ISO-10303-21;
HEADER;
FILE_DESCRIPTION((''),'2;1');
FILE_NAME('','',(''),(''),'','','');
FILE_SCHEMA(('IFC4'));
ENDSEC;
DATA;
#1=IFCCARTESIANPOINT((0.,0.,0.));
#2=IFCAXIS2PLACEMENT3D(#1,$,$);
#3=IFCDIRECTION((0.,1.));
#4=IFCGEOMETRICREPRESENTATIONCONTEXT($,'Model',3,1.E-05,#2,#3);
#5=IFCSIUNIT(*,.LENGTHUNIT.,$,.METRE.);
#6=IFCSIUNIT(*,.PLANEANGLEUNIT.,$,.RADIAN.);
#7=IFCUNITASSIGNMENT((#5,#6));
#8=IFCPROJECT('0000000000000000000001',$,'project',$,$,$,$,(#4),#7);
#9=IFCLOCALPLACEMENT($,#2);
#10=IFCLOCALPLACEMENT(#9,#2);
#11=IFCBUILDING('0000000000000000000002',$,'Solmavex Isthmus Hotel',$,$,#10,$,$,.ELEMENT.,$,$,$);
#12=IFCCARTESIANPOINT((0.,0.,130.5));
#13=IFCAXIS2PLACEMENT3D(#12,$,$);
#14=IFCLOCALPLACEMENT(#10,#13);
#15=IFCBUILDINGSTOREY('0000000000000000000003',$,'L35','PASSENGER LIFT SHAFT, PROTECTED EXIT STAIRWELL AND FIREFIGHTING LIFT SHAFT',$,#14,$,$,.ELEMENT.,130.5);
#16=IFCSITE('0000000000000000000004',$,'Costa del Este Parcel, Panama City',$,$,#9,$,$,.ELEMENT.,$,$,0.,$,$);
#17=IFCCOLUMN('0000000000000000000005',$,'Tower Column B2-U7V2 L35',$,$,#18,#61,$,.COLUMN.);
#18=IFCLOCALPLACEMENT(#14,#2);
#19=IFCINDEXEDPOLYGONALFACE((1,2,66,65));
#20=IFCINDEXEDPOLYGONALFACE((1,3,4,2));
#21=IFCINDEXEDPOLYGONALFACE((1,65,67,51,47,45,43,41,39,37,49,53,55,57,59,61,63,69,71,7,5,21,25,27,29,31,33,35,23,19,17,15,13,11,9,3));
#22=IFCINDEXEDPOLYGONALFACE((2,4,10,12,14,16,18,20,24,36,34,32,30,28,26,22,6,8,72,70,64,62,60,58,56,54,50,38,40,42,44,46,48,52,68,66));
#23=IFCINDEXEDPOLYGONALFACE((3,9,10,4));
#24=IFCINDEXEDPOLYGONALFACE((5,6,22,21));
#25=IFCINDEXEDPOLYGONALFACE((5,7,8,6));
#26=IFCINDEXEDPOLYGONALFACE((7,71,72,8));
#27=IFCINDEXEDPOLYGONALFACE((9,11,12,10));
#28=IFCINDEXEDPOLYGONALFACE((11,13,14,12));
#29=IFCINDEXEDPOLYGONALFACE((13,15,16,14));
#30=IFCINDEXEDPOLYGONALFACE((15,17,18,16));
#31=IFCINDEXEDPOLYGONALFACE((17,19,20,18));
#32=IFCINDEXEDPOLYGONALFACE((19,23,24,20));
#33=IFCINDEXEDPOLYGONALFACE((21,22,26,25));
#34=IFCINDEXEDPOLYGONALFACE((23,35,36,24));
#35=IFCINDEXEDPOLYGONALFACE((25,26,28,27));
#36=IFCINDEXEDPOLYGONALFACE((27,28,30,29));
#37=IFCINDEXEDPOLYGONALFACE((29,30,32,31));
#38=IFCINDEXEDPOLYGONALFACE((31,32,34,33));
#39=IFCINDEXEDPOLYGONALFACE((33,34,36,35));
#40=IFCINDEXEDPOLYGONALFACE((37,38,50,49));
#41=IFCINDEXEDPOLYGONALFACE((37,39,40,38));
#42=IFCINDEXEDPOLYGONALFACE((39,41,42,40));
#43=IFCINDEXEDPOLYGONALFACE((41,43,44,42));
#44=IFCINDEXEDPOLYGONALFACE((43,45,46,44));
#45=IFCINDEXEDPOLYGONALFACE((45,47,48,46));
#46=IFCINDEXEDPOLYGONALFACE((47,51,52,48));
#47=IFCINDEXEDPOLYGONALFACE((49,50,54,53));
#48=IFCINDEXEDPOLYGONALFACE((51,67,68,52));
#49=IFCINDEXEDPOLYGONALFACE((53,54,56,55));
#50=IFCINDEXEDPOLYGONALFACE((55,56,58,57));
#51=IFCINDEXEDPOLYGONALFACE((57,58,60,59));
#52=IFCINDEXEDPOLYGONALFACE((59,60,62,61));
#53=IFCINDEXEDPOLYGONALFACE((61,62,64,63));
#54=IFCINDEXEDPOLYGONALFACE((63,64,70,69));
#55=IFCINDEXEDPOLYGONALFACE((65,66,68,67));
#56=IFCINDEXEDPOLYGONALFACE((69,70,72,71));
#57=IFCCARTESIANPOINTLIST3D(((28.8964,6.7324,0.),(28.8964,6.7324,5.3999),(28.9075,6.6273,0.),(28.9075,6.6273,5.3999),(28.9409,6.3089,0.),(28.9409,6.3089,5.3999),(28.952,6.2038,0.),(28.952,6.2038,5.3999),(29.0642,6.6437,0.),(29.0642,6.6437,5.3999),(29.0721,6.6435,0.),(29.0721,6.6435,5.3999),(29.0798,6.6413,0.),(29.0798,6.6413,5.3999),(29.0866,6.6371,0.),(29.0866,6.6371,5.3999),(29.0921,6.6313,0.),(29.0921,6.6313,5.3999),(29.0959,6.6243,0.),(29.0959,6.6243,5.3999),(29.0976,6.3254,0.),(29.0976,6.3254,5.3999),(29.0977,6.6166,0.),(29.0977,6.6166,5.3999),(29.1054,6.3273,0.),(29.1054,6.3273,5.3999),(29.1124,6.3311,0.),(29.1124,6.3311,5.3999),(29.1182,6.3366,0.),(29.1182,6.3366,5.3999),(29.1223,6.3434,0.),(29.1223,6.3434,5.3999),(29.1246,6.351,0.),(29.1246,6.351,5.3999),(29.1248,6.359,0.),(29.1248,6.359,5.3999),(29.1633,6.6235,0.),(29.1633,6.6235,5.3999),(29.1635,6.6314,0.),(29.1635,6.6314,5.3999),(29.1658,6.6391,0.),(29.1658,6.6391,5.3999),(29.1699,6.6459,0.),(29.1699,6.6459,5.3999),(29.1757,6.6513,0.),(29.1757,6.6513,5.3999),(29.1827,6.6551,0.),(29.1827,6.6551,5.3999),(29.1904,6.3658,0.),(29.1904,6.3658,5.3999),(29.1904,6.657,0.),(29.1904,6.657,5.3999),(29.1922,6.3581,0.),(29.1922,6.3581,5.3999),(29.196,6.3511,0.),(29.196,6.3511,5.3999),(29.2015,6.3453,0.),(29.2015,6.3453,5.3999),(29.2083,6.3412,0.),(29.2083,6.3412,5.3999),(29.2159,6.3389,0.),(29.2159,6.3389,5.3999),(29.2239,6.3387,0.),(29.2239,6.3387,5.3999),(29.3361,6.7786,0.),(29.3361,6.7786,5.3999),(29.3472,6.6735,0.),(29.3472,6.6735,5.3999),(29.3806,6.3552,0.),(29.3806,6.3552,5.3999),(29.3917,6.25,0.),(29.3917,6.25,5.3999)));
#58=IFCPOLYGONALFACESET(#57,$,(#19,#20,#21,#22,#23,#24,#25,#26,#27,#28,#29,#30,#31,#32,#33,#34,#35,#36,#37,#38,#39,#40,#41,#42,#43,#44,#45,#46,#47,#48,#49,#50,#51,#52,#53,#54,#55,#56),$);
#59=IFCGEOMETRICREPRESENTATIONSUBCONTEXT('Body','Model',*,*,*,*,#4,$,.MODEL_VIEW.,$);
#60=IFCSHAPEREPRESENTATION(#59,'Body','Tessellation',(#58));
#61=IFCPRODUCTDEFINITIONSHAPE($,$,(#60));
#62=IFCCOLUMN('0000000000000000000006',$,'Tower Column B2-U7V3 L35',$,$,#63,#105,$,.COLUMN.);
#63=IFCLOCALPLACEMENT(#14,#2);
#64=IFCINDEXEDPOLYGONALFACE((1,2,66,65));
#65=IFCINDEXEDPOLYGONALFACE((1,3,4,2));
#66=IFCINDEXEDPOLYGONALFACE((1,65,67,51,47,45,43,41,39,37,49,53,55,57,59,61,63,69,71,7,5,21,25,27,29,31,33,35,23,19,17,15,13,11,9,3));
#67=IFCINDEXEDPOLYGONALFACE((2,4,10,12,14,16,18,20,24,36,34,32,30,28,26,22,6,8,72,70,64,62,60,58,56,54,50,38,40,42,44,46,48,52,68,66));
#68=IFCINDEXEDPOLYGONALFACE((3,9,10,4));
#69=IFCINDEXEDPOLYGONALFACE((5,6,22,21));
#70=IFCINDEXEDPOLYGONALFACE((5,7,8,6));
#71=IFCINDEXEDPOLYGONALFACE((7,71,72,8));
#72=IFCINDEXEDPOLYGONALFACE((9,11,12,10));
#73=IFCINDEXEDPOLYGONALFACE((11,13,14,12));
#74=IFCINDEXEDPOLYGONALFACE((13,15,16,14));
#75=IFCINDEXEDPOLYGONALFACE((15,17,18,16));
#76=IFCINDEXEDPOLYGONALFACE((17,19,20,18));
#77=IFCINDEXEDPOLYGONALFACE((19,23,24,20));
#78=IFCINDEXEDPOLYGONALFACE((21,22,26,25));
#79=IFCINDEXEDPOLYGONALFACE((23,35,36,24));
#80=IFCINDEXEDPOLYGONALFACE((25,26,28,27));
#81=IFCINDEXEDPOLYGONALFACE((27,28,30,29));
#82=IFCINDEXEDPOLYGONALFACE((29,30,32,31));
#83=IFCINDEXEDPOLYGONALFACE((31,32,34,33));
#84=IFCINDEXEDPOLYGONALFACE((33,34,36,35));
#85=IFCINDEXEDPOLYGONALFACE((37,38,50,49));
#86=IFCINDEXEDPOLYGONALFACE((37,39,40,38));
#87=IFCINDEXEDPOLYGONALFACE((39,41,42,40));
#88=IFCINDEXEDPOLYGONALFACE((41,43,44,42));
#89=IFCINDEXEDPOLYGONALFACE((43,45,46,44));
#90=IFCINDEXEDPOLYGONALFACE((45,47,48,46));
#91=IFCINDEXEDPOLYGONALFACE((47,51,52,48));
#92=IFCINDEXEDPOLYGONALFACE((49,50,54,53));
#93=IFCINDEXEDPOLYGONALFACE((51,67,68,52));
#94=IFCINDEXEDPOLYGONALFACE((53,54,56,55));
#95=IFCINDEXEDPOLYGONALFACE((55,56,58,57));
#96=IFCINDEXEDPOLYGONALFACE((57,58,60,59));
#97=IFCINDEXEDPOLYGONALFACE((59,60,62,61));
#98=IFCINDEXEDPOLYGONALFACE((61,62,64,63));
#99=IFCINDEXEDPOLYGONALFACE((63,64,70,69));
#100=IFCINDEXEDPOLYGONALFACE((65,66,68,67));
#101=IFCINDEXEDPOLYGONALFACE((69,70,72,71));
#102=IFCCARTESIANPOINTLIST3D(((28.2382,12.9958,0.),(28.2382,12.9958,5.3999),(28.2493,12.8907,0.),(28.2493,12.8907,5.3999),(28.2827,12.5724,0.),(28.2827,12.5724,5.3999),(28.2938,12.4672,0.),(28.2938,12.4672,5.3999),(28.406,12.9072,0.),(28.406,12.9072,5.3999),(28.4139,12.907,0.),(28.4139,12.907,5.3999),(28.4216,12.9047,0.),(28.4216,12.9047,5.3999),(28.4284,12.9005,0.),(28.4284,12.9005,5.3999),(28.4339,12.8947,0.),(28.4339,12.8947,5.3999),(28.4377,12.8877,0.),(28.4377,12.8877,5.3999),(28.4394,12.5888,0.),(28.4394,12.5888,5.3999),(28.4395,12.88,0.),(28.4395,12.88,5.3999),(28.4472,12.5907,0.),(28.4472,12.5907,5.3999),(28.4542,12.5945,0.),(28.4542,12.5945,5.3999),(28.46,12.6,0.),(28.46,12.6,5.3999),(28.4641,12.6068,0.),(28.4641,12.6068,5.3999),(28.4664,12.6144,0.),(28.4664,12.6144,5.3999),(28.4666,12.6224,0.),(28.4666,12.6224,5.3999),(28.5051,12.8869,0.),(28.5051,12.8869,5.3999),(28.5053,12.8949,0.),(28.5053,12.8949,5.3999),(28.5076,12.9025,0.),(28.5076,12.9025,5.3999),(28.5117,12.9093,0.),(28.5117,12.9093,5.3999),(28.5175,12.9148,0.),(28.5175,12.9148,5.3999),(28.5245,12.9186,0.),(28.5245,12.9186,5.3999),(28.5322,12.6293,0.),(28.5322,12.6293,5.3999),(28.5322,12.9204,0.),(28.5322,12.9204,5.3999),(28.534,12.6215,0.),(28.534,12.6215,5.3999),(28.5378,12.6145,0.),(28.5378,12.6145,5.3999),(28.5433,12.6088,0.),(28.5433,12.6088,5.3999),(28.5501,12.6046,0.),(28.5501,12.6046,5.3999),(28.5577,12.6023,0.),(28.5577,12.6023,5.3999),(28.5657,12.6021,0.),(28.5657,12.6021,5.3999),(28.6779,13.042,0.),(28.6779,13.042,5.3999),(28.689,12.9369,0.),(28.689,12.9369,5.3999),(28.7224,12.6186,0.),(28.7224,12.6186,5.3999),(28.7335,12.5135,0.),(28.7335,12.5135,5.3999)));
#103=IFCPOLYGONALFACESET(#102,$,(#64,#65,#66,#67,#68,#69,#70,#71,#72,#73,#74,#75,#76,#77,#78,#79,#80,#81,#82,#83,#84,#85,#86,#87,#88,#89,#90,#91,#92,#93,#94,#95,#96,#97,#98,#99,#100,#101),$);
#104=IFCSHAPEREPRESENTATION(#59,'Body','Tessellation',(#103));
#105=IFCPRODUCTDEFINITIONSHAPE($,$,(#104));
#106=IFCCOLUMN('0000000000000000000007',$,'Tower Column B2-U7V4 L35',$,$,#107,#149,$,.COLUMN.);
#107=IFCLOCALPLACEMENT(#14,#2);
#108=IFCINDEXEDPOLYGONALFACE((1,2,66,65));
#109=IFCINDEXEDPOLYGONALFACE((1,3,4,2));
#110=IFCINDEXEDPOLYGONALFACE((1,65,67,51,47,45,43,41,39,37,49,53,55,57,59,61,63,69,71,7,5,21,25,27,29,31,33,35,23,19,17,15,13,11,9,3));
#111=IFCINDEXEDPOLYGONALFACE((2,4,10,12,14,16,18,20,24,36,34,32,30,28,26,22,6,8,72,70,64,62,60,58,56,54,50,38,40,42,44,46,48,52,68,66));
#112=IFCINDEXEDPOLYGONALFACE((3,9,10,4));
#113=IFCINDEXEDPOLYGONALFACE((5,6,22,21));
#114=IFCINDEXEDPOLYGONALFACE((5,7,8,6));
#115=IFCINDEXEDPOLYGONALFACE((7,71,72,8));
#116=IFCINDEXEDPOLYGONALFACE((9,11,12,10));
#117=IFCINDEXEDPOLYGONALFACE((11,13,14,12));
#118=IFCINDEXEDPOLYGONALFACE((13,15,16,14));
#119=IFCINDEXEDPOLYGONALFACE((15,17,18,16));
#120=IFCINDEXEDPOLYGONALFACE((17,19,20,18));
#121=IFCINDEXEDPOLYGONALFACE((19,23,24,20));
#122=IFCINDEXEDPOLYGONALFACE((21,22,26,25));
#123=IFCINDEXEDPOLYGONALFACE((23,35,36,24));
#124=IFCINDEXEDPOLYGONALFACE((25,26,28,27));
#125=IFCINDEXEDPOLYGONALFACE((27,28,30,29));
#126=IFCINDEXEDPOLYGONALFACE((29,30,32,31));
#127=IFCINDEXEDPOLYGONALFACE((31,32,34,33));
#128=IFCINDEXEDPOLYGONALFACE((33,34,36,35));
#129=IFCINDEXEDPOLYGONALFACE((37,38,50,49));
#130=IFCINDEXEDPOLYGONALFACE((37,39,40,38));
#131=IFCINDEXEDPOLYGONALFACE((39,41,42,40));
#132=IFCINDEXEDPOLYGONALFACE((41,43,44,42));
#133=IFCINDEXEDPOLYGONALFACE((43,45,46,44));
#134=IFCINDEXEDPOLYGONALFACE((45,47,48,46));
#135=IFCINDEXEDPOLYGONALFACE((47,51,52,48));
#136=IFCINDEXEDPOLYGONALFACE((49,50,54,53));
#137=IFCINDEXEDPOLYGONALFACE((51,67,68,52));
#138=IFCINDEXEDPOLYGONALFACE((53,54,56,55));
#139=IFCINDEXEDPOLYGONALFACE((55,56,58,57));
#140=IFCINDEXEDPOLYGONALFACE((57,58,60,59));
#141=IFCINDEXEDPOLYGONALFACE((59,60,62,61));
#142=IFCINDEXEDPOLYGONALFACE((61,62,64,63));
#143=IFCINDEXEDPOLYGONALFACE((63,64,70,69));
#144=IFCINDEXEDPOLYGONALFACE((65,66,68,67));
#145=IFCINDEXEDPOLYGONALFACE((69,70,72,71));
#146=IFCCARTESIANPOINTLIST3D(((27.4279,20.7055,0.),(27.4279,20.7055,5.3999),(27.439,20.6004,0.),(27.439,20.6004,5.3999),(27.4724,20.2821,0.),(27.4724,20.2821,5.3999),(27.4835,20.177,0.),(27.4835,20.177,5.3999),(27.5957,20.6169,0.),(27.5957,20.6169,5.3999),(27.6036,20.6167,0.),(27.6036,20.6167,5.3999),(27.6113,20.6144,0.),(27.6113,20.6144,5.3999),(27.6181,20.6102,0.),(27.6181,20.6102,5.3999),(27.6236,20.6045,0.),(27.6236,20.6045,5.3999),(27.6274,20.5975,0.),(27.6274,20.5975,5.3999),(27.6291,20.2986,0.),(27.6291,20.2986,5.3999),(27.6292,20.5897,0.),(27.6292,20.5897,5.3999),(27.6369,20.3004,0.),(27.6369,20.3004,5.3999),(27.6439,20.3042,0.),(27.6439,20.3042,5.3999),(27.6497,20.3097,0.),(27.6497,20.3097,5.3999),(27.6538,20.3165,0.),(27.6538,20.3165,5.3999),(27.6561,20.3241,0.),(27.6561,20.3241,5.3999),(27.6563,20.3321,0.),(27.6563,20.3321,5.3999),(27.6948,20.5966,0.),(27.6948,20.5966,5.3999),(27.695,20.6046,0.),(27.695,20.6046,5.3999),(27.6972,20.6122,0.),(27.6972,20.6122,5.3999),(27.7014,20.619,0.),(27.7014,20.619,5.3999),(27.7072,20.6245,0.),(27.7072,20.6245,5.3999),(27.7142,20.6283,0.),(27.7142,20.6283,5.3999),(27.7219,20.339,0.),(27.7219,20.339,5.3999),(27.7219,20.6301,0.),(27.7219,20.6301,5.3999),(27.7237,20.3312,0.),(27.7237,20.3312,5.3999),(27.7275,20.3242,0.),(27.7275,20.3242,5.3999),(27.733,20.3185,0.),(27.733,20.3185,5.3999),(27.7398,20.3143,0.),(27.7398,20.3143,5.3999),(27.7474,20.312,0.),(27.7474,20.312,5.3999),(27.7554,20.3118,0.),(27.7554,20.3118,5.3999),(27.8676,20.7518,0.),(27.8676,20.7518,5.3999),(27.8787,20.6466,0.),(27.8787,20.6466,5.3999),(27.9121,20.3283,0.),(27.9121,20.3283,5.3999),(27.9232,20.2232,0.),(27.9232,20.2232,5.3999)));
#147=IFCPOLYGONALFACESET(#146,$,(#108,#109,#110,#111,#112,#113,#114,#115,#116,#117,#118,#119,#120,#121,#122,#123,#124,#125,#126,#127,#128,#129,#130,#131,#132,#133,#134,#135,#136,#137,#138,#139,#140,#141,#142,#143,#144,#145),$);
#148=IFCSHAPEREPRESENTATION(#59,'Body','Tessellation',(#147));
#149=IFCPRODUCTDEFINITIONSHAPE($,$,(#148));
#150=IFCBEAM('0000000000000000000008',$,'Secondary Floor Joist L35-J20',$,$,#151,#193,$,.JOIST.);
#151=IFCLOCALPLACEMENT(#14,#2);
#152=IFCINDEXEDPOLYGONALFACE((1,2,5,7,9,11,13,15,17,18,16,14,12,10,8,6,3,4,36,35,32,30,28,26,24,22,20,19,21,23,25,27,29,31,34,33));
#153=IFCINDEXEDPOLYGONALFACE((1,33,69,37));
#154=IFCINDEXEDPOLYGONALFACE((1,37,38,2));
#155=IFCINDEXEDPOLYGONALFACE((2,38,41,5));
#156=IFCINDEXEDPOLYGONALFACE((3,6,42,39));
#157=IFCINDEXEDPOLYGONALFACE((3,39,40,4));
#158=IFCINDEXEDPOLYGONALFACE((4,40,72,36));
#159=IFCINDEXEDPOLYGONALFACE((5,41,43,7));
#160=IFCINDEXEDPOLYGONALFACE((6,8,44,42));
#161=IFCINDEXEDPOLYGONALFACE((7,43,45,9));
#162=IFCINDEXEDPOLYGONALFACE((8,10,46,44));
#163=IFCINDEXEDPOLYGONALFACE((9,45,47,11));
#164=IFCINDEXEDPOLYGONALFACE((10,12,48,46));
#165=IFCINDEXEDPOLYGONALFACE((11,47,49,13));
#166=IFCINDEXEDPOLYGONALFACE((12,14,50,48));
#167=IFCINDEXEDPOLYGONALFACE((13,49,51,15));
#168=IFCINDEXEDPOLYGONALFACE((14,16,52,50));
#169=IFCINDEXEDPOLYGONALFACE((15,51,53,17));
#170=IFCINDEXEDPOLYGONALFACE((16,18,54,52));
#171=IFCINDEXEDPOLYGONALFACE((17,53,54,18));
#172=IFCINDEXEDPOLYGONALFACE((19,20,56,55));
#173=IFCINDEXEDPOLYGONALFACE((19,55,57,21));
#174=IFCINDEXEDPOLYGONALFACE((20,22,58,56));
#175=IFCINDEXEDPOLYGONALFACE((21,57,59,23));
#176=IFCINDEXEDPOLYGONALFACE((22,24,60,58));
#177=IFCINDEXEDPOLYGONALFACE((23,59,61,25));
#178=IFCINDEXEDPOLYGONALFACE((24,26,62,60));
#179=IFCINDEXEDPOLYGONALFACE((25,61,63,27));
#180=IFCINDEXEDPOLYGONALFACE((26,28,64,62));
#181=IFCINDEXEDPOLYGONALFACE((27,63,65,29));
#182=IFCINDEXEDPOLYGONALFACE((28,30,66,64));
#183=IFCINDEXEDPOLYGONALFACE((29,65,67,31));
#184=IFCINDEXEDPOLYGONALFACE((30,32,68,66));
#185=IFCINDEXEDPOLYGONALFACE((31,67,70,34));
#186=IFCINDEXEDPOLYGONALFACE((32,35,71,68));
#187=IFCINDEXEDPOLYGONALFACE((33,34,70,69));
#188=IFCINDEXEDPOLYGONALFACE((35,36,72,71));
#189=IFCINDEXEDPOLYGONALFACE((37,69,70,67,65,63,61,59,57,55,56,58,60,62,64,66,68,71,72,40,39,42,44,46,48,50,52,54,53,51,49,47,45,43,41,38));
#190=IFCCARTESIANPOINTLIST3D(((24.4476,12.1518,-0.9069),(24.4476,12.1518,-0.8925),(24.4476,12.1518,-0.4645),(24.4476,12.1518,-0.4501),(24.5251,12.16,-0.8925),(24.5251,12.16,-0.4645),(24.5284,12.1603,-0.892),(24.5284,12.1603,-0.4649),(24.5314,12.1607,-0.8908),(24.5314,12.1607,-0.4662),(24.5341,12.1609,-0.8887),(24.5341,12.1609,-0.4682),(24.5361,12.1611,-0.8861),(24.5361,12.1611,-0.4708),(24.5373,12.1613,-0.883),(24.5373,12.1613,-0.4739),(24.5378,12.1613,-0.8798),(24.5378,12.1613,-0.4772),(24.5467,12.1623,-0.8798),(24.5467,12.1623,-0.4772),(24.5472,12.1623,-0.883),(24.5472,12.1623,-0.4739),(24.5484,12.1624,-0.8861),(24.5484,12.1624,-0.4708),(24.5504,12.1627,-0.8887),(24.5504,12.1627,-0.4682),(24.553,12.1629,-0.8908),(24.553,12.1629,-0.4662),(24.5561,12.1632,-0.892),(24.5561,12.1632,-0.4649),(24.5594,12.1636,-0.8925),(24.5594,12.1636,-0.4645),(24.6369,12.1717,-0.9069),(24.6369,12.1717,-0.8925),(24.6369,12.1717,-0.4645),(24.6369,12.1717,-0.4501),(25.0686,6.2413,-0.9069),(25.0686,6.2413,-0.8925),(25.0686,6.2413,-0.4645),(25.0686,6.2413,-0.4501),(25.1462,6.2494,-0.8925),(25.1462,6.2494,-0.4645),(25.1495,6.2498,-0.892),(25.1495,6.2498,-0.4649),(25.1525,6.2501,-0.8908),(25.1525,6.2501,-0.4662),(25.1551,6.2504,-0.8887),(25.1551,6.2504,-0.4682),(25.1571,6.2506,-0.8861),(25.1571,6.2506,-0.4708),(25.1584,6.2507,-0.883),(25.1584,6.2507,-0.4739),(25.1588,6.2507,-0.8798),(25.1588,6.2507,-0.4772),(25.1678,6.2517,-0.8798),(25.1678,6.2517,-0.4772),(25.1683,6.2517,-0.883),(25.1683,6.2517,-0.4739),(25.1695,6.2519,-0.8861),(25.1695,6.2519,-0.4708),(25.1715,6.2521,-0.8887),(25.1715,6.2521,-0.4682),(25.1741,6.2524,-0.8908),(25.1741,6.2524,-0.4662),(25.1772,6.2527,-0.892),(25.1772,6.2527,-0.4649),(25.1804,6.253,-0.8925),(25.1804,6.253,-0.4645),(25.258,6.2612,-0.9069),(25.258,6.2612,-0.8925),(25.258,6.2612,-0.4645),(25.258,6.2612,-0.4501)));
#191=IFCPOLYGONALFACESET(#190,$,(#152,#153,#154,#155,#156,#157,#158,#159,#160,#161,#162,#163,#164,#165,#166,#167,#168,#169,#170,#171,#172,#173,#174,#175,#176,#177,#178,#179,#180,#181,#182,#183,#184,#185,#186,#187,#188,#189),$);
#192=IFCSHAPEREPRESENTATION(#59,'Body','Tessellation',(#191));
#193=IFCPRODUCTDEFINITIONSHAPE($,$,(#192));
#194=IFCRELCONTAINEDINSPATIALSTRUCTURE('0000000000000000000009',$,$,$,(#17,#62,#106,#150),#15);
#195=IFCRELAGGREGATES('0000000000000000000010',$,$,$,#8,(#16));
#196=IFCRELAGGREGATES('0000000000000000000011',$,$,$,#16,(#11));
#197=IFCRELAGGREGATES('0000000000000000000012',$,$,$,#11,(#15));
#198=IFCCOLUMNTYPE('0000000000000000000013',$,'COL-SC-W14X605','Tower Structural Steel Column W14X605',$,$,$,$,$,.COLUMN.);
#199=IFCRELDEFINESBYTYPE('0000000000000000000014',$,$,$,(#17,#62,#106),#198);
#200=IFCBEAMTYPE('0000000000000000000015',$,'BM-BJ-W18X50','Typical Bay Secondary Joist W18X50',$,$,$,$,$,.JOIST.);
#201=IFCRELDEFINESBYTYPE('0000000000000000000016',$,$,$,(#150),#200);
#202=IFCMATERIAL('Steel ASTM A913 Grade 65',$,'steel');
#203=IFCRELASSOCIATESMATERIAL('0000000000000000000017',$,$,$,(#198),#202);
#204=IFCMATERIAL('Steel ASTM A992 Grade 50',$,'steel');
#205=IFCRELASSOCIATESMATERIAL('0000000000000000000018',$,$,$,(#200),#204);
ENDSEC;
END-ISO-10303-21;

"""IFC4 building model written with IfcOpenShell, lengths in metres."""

from ifc_helpers import new_model, si_unit, direction, frame, origin, origin_2d, place, context, subcontext, project, spatial, i_section, extrude, material, material_profile, profile_set, type_object, element, save


model = new_model("IFC4")

# Units and contexts
model_context = context("Model", 3, precision=1e-05, world=origin(), true_north=direction((0.0, 1.0)))
body_context = subcontext(model_context, "Body", "Model", "MODEL_VIEW")
ifc_project = project(units=[si_unit("LENGTHUNIT", "METRE"), si_unit("PLANEANGLEUNIT", "RADIAN")], contexts=[model_context])

# Site, building, storey
site_placement = place(None, origin())
site = spatial("IfcSite", under=ifc_project, at=site_placement, Name="Costa del Este Parcel, Panama City", CompositionType="ELEMENT", RefElevation=0.0)
building_placement = place(site_placement, origin())
building = spatial("IfcBuilding", under=site, at=building_placement, Name="Solmavex Isthmus Hotel", CompositionType="ELEMENT")
storey_placement = place(building_placement, frame((0.0, 0.0, 130.5)))
storey = spatial("IfcBuildingStorey", under=building, at=storey_placement, Name="L35", Description="PASSENGER LIFT SHAFT, PROTECTED EXIT STAIRWELL AND FIREFIGHTING LIFT SHAFT", CompositionType="ELEMENT", Elevation=130.5)

# Columns
ifc_material_1 = material(Name="Steel ASTM A913 Grade 65", Category="steel")
ifc_material_profile_1 = material_profile(ifc_material_1, i_section(OverallWidth=0.4421, OverallDepth=0.5315, WebThickness=0.0659, FlangeThickness=0.1057, FilletRadius=0.0305, at=origin_2d()), Name="W14X605")
ifc_profile_set_1 = profile_set([ifc_material_profile_1], Name="Steel ASTM A913 Grade 65")
column_type = type_object("IfcColumnType", Name="COL-SC-W14X605", Description="Tower Structural Steel Column W14X605", PredefinedType="COLUMN", material=ifc_profile_set_1)
for number, where, z_axis, x_axis, name in (
    (1, (29.144, 6.4912, 0.0), (0.0, 0.0, 1.0), (0.994522, 0.104528, 0.0), "Tower Column B2-U7V2 L35"),
    (2, (28.4858, 12.7546, 0.0), (0.0, 0.0, 1.0), (0.994522, 0.104528, 0.0), "Tower Column B2-U7V3 L35"),
    (3, (27.6755, 20.4644, 0.0), (0.0, 0.0, 1.0), (0.994522, 0.104528, 0.0), "Tower Column B2-U7V4 L35"),
):
    element("IfcColumn", number, at=place(storey_placement, frame(where, z_axis=z_axis, x_axis=x_axis)), inside=storey, type_object=column_type, Name=name, PredefinedType="COLUMN", context=body_context, shape_type="SweptSolid", body=[
        extrude(i_section(OverallWidth=0.4421, OverallDepth=0.5315, WebThickness=0.0659, FlangeThickness=0.1057, FilletRadius=0.0305, at=origin_2d()), origin(), (0.0, 0.0, 1.0), 5.3999),
    ])

# Beam
ifc_material_2 = material(Name="Steel ASTM A992 Grade 50", Category="steel")
ifc_material_profile_2 = material_profile(ifc_material_2, i_section(OverallWidth=0.1904, OverallDepth=0.4568, WebThickness=0.009, FlangeThickness=0.0144, FilletRadius=0.0127, at=origin_2d()), Name="W18X50")
ifc_profile_set_2 = profile_set([ifc_material_profile_2], Name="Steel ASTM A992 Grade 50")
beam_type_1 = type_object("IfcBeamType", Name="BM-BJ-W18X50", Description="Typical Bay Secondary Joist W18X50", PredefinedType="JOIST", material=ifc_profile_set_2)
beam_1_placement = place(storey_placement, frame((25.1633, 6.2512, -0.6785), z_axis=(-0.104505, 0.994524, 0.0), x_axis=(-0.994524, -0.104505, 0.0)))
element("IfcBeam", 4, at=beam_1_placement, inside=storey, type_object=beam_type_1, Name="Secondary Floor Joist L35-J20", PredefinedType="JOIST", context=body_context, shape_type="SweptSolid", body=[
    extrude(i_section(OverallWidth=0.1904, OverallDepth=0.4568, WebThickness=0.009, FlangeThickness=0.0144, FilletRadius=0.0127, at=origin_2d()), origin(), (0.0, 0.0, 1.0), 5.9431),
])

save(model, "model.ifc")
